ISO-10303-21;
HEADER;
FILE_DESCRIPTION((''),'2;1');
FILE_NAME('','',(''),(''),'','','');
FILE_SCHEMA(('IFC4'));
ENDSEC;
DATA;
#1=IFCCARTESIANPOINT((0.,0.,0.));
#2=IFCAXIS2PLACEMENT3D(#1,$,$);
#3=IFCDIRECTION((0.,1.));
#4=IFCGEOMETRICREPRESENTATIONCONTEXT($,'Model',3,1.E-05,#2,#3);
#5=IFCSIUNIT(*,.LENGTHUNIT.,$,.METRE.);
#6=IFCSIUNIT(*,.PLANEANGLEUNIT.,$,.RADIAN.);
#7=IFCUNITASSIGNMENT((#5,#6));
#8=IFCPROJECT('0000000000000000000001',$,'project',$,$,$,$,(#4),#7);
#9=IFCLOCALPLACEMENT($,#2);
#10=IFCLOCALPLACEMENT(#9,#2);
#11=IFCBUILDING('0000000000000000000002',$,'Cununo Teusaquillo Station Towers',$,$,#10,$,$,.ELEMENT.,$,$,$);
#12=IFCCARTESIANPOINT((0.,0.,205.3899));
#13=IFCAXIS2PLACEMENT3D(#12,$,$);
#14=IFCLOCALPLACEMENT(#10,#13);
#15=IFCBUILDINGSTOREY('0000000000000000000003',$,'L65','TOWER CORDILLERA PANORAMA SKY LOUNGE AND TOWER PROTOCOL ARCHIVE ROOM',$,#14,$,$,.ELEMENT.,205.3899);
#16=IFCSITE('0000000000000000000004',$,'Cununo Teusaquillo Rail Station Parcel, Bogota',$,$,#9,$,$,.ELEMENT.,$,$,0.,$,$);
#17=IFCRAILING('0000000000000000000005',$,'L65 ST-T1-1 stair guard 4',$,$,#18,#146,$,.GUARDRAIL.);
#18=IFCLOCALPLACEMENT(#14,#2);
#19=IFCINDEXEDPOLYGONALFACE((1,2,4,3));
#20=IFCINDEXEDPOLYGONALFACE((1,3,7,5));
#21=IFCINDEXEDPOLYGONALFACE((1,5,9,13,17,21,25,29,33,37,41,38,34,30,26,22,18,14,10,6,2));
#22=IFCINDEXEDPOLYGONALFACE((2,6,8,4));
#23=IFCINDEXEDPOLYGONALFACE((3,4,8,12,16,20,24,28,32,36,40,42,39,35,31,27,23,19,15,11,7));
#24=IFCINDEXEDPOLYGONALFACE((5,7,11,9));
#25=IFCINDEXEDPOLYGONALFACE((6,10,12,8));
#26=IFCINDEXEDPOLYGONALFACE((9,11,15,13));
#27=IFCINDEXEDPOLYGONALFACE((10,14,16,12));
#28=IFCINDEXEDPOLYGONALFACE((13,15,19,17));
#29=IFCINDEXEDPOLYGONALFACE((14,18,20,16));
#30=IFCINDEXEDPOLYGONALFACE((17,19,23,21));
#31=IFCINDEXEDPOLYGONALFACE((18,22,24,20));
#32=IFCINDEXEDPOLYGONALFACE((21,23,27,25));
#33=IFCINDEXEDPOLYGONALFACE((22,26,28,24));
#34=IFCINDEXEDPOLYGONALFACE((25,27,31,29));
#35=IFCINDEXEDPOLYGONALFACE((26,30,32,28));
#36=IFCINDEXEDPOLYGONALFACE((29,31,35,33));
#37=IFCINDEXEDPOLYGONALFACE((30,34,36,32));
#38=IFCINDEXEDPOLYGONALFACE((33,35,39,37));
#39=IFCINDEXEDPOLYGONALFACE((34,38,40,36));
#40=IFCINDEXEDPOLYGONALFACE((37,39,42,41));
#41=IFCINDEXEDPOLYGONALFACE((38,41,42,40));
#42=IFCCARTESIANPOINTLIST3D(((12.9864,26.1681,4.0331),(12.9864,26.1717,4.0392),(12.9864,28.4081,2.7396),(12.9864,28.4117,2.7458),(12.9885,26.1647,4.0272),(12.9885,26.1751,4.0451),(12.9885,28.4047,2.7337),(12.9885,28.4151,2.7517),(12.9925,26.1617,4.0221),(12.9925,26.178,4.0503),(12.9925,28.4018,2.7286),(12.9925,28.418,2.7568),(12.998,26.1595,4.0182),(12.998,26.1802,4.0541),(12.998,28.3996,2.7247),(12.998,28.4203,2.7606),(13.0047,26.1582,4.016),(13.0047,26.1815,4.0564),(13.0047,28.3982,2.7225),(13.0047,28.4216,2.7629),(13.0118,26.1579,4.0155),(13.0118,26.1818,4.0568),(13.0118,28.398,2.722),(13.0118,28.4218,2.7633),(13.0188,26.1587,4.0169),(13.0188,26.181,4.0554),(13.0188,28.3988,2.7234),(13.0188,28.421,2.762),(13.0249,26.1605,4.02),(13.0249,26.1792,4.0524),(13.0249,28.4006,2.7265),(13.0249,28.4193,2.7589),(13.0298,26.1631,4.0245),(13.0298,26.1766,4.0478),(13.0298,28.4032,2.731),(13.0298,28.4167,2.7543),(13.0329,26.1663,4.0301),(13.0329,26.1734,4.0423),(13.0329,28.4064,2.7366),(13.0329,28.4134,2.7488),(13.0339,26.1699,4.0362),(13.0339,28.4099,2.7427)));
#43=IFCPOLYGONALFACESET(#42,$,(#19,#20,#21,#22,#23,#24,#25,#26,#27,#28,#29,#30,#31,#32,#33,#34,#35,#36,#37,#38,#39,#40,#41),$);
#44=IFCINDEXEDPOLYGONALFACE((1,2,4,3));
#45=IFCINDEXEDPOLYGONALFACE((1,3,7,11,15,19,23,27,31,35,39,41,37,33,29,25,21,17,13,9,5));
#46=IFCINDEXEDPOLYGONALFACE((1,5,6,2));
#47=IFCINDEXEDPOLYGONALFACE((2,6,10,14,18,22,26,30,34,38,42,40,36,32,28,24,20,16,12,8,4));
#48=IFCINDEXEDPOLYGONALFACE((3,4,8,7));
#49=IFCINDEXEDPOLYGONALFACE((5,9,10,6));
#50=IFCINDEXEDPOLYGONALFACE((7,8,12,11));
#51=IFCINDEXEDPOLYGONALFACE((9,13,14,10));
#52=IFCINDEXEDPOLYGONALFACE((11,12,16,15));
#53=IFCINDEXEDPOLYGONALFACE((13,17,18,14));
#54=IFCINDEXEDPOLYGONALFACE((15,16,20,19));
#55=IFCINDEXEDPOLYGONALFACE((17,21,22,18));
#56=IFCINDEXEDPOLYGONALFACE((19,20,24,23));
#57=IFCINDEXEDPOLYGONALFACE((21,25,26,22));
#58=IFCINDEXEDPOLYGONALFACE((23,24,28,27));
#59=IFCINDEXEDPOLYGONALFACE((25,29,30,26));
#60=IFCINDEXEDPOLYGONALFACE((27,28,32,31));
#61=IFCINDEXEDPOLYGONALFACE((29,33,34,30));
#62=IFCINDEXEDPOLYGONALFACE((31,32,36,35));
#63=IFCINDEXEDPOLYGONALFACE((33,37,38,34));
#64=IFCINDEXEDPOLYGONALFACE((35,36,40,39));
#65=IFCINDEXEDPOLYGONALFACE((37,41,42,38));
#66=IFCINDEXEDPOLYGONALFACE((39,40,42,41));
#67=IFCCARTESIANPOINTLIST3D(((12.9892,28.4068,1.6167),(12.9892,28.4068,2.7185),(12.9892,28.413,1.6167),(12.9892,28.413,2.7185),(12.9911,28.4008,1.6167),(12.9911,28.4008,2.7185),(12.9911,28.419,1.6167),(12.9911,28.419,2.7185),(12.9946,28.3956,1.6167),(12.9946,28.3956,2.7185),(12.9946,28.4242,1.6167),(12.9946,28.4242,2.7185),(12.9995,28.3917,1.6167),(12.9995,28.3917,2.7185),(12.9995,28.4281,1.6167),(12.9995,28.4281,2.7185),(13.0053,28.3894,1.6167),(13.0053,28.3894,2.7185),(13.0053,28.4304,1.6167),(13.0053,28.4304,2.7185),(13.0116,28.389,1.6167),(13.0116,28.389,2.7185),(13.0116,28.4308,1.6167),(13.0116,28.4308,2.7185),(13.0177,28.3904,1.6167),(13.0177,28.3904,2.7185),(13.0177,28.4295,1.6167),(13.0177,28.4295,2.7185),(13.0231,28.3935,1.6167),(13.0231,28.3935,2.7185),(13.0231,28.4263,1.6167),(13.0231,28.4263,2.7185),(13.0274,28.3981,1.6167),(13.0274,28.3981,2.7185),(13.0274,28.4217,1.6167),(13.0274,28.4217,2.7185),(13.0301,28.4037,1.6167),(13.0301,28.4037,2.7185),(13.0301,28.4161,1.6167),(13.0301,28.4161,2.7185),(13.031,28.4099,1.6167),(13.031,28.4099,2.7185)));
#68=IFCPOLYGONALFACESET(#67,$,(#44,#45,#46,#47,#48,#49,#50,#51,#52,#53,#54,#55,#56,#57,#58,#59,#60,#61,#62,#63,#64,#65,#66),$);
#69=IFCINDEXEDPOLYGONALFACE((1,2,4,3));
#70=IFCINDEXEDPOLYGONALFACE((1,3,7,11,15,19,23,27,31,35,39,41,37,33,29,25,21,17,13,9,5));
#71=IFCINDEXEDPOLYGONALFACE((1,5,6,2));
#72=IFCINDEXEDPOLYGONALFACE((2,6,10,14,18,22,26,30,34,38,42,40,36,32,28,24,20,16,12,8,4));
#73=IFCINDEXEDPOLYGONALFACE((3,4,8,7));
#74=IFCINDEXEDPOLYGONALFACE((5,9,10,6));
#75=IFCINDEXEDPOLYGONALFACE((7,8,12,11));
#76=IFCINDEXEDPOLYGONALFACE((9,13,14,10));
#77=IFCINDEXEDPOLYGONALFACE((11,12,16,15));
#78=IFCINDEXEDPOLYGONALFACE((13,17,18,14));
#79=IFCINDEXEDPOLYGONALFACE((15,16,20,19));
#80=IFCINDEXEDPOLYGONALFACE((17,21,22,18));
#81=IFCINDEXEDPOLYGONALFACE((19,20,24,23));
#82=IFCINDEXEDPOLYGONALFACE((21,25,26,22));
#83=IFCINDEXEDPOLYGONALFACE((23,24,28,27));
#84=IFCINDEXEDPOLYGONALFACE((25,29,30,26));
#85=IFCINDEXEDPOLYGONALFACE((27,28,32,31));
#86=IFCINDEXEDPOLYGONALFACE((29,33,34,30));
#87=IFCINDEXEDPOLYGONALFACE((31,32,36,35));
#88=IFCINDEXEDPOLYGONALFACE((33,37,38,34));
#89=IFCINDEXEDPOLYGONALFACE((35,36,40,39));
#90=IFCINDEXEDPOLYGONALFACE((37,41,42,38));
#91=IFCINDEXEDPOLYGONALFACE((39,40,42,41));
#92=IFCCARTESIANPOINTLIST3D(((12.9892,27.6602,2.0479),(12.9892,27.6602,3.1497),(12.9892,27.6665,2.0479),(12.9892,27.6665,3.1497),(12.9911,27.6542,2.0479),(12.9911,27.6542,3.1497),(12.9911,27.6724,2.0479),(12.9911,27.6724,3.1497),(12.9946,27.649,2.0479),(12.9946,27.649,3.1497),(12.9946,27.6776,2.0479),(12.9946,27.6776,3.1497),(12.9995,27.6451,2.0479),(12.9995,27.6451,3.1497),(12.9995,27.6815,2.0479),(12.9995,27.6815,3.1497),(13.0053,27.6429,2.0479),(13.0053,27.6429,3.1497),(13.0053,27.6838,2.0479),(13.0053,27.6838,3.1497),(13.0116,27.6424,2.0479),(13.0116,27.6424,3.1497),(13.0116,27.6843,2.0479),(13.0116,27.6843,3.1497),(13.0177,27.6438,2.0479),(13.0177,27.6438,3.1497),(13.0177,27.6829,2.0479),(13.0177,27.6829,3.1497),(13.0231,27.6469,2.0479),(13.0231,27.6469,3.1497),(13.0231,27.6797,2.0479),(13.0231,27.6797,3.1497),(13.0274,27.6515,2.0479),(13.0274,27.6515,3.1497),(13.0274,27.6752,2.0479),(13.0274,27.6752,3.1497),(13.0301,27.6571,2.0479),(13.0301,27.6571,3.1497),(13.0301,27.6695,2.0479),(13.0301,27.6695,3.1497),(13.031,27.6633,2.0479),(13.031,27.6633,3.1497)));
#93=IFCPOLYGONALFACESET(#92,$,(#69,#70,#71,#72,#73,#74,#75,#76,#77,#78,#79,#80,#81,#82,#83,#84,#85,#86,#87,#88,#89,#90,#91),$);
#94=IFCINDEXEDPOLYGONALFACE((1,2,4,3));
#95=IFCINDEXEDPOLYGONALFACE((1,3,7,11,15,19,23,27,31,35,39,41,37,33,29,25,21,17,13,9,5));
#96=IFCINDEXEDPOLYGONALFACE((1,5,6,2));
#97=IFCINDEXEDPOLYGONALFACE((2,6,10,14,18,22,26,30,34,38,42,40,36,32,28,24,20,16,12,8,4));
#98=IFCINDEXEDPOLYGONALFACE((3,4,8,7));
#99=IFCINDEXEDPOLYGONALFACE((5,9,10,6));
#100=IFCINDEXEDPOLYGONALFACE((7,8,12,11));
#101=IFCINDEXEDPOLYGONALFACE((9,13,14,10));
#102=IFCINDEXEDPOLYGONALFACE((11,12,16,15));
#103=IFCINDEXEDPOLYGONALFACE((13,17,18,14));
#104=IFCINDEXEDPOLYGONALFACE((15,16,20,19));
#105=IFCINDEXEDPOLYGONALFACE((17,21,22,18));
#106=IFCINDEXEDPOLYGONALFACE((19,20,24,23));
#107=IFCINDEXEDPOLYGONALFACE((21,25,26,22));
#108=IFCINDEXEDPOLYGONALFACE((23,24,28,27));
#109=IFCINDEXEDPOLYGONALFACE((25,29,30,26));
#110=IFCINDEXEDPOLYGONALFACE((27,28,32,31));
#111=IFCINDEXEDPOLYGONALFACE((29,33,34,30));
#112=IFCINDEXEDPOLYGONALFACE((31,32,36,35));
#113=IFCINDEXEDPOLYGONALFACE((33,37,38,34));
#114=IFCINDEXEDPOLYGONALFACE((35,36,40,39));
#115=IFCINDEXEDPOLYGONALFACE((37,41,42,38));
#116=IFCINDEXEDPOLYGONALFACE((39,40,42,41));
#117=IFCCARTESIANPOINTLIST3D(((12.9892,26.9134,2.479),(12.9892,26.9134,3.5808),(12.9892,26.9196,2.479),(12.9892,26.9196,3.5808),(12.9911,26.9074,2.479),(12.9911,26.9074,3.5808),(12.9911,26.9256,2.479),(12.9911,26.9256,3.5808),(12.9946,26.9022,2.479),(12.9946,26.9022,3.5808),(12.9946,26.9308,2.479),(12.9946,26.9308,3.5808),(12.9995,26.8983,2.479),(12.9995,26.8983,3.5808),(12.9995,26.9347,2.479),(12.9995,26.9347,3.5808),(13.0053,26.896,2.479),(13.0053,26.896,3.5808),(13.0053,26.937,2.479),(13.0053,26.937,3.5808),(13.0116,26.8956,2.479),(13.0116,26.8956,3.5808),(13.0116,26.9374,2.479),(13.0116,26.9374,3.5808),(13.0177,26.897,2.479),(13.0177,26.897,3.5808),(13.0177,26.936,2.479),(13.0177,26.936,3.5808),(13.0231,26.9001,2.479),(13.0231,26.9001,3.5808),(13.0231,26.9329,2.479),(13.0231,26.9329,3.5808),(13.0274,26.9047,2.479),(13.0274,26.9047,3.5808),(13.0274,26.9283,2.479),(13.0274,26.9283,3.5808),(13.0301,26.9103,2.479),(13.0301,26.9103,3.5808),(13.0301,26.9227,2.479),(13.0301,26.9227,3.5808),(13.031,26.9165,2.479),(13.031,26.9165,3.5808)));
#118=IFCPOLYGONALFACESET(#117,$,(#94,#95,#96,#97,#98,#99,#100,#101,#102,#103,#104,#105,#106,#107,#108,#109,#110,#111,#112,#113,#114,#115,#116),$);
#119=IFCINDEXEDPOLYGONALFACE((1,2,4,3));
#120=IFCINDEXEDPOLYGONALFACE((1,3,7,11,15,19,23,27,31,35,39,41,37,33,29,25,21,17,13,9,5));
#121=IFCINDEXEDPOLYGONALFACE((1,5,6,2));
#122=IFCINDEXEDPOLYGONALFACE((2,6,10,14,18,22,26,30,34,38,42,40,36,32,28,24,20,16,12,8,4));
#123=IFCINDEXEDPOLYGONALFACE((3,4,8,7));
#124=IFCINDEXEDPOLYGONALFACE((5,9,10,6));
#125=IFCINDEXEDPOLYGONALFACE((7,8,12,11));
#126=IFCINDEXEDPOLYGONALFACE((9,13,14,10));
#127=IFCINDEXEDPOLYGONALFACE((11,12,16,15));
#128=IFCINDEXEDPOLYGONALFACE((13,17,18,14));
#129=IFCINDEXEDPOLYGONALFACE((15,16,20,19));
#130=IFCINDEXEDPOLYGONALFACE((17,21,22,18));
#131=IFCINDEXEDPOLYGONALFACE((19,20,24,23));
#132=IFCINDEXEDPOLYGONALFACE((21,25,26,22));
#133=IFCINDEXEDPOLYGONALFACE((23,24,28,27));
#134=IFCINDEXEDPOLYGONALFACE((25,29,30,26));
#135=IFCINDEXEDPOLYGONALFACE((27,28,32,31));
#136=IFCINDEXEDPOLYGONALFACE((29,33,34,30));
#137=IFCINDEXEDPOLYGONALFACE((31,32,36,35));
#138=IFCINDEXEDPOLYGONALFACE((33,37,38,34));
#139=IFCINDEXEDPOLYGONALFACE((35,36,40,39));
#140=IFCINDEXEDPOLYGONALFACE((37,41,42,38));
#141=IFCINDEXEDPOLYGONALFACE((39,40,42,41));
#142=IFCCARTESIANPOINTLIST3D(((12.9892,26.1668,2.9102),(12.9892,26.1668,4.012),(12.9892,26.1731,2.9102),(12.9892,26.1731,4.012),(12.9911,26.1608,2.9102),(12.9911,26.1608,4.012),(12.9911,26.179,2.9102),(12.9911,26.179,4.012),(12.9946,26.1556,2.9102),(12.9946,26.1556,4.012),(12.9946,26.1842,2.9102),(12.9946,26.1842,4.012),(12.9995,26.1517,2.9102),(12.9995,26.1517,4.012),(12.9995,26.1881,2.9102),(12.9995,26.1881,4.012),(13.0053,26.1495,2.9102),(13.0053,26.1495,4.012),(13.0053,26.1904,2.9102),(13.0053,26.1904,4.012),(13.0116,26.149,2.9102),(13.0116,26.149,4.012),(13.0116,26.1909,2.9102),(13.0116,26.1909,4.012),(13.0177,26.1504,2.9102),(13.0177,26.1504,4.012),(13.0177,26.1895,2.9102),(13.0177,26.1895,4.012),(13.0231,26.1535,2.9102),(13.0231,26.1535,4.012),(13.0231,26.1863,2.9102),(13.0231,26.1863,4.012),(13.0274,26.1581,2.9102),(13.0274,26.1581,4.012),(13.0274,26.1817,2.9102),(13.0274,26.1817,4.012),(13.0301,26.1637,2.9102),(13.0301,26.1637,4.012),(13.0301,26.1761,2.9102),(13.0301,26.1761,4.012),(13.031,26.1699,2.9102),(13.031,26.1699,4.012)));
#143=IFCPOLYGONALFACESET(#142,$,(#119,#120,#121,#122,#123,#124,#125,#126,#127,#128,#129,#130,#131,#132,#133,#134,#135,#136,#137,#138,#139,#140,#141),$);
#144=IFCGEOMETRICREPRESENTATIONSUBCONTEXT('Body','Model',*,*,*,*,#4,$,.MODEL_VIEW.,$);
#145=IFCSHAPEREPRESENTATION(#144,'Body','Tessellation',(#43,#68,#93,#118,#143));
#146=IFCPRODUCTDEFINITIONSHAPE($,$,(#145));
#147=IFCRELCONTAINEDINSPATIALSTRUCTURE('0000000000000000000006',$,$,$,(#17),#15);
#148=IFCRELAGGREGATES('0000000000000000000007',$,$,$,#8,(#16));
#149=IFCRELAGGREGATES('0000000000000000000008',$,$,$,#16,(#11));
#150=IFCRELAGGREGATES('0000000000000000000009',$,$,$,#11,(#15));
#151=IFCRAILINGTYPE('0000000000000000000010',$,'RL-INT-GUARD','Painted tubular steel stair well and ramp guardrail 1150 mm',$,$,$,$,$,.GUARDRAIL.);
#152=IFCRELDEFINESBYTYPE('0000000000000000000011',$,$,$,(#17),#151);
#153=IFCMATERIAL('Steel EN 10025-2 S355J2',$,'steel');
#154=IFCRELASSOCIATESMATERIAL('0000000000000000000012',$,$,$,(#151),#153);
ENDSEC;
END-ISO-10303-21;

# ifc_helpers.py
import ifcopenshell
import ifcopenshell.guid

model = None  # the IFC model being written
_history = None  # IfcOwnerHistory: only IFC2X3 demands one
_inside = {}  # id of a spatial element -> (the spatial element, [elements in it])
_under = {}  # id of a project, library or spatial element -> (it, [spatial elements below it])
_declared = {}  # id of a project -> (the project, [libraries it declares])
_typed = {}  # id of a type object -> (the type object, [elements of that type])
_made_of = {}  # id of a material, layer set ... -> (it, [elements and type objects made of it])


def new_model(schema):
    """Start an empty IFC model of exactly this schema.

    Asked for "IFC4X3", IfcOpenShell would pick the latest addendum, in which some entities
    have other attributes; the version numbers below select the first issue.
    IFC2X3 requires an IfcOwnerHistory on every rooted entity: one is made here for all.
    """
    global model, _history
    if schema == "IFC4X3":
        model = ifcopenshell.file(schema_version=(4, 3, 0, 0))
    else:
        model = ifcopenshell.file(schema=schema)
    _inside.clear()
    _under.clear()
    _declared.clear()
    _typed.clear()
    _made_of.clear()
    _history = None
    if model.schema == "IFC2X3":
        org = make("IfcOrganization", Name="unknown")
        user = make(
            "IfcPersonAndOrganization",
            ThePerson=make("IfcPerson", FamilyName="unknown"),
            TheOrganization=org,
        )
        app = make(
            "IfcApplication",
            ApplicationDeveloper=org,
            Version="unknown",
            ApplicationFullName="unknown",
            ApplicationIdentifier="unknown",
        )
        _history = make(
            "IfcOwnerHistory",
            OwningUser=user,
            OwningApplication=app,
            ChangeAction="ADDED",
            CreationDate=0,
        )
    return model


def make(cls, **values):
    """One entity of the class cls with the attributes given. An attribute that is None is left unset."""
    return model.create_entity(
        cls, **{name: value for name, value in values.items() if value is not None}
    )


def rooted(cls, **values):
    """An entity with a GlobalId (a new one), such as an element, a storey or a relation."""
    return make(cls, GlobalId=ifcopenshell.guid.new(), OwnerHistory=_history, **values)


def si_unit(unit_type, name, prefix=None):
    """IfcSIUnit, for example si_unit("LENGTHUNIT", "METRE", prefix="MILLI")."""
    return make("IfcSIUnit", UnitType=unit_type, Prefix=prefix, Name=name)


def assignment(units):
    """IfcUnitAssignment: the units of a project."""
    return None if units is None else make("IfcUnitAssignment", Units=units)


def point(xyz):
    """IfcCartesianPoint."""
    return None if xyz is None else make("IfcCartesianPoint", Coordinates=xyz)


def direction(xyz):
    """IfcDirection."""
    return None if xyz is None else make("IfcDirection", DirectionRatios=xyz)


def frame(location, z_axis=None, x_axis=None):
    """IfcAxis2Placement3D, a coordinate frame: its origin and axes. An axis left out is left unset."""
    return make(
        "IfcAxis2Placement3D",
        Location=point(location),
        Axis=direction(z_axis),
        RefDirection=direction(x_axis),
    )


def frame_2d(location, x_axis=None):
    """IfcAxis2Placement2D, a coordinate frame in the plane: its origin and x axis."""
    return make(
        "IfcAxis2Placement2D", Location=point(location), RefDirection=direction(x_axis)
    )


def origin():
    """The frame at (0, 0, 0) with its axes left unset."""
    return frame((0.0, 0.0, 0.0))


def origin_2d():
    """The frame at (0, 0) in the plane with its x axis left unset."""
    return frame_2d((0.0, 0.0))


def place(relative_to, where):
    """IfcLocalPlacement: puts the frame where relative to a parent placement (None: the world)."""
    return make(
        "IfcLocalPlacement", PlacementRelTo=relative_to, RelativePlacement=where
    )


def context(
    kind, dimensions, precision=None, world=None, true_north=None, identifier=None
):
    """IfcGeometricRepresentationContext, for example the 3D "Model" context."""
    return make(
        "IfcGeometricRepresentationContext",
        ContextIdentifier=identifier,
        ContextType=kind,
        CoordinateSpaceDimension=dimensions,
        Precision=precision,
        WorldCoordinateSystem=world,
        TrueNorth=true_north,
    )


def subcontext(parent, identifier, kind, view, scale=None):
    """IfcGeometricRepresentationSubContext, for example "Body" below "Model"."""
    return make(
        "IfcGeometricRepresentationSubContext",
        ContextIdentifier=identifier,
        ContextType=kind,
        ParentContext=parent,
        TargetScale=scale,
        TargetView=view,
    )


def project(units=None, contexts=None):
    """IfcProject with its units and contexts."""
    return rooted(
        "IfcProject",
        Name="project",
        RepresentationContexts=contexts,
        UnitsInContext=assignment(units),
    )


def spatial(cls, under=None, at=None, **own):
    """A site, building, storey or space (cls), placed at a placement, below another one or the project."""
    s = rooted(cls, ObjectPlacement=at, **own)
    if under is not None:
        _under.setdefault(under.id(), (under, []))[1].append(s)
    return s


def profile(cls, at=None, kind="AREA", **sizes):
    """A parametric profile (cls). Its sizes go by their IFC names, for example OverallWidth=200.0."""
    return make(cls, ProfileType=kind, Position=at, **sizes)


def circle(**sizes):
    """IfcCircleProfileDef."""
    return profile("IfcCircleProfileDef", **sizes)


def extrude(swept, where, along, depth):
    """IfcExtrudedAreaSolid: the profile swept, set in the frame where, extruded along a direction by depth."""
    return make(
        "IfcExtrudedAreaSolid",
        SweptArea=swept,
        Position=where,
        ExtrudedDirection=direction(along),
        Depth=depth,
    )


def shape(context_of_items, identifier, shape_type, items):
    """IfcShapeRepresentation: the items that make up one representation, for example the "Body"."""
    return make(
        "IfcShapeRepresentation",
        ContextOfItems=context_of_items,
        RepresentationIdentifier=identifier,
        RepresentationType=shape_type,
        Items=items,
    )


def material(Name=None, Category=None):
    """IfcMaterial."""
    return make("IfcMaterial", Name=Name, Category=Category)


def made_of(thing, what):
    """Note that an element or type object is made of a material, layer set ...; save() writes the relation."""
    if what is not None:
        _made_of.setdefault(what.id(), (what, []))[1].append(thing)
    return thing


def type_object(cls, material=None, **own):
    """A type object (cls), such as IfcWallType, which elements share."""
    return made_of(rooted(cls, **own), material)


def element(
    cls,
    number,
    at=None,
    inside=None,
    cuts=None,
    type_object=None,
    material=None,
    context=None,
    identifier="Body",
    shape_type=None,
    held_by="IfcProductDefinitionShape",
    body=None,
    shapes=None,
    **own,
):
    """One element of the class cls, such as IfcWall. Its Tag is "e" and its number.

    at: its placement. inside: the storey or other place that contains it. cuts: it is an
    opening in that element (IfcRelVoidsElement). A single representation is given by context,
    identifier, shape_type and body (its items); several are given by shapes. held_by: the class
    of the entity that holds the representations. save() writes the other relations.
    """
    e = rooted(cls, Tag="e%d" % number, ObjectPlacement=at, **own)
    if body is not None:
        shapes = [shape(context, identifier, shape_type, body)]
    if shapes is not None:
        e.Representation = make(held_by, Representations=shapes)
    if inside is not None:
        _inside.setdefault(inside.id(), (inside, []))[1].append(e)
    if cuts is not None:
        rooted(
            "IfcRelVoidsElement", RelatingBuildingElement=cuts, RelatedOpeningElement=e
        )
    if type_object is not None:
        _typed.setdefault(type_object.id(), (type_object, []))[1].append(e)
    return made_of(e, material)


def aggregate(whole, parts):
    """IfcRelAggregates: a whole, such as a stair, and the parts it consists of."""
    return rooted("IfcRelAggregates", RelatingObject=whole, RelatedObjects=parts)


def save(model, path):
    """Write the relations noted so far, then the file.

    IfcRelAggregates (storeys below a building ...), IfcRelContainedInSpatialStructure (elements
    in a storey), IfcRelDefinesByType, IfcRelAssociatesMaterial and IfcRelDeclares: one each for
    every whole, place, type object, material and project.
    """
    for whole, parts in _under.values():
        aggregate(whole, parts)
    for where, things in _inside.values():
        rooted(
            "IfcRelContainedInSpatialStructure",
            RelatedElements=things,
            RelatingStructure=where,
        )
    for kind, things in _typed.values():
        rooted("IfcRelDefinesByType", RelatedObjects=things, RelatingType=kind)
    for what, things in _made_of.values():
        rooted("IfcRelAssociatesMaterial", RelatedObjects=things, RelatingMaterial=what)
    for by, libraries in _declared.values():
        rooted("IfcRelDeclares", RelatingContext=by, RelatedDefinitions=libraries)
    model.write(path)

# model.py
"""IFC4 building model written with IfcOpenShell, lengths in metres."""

from ifc_helpers import new_model, si_unit, direction, frame, origin, origin_2d, place, context, subcontext, project, spatial, circle, extrude, material, type_object, element, save


model = new_model("IFC4")

# Units and contexts
model_context = context("Model", 3, precision=1e-05, world=origin(), true_north=direction((0.0, 1.0)))
body_context = subcontext(model_context, "Body", "Model", "MODEL_VIEW")
ifc_project = project(units=[si_unit("LENGTHUNIT", "METRE"), si_unit("PLANEANGLEUNIT", "RADIAN")], contexts=[model_context])

# Site, building, storey
site_placement = place(None, origin())
site = spatial("IfcSite", under=ifc_project, at=site_placement, Name="Cununo Teusaquillo Rail Station Parcel, Bogota", CompositionType="ELEMENT", RefElevation=0.0)
building_placement = place(site_placement, origin())
building = spatial("IfcBuilding", under=site, at=building_placement, Name="Cununo Teusaquillo Station Towers", CompositionType="ELEMENT")
storey_placement = place(building_placement, frame((0.0, 0.0, 205.3899)))
storey = spatial("IfcBuildingStorey", under=building, at=storey_placement, Name="L65", Description="TOWER CORDILLERA PANORAMA SKY LOUNGE AND TOWER PROTOCOL ARCHIVE ROOM", CompositionType="ELEMENT", Elevation=205.3899)

# Railing
ifc_material_1 = material(Name="Steel EN 10025-2 S355J2", Category="steel")
railing_type_1 = type_object("IfcRailingType", Name="RL-INT-GUARD", Description="Painted tubular steel stair well and ramp guardrail 1150 mm", PredefinedType="GUARDRAIL", material=ifc_material_1)
railing_1_placement = place(storey_placement, frame((13.01, 28.4099, 1.6167)))
element("IfcRailing", 1, at=railing_1_placement, inside=storey, type_object=railing_type_1, Name="L65 ST-T1-1 stair guard 4", PredefinedType="GUARDRAIL", context=body_context, shape_type="SweptSolid", body=[
    extrude(circle(Radius=0.0239, at=origin_2d()), frame((0.0, 0.0, 1.126), z_axis=(0.0, -0.865992, 0.500057), x_axis=(1.0, 0.0, 0.0)), (0.0, 0.0, 1.0), 2.5867),
    extrude(circle(Radius=0.021, at=origin_2d()), origin(), (0.0, 0.0, 1.0), 1.1018),
    extrude(circle(Radius=0.021, at=origin_2d()), frame((0.0, -0.7466, 0.4312)), (0.0, 0.0, 1.0), 1.1018),
    extrude(circle(Radius=0.021, at=origin_2d()), frame((0.0, -1.4934, 0.8623)), (0.0, 0.0, 1.0), 1.1018),
    extrude(circle(Radius=0.021, at=origin_2d()), frame((0.0, -2.24, 1.2935)), (0.0, 0.0, 1.0), 1.1018),
])

save(model, "model.ifc")
